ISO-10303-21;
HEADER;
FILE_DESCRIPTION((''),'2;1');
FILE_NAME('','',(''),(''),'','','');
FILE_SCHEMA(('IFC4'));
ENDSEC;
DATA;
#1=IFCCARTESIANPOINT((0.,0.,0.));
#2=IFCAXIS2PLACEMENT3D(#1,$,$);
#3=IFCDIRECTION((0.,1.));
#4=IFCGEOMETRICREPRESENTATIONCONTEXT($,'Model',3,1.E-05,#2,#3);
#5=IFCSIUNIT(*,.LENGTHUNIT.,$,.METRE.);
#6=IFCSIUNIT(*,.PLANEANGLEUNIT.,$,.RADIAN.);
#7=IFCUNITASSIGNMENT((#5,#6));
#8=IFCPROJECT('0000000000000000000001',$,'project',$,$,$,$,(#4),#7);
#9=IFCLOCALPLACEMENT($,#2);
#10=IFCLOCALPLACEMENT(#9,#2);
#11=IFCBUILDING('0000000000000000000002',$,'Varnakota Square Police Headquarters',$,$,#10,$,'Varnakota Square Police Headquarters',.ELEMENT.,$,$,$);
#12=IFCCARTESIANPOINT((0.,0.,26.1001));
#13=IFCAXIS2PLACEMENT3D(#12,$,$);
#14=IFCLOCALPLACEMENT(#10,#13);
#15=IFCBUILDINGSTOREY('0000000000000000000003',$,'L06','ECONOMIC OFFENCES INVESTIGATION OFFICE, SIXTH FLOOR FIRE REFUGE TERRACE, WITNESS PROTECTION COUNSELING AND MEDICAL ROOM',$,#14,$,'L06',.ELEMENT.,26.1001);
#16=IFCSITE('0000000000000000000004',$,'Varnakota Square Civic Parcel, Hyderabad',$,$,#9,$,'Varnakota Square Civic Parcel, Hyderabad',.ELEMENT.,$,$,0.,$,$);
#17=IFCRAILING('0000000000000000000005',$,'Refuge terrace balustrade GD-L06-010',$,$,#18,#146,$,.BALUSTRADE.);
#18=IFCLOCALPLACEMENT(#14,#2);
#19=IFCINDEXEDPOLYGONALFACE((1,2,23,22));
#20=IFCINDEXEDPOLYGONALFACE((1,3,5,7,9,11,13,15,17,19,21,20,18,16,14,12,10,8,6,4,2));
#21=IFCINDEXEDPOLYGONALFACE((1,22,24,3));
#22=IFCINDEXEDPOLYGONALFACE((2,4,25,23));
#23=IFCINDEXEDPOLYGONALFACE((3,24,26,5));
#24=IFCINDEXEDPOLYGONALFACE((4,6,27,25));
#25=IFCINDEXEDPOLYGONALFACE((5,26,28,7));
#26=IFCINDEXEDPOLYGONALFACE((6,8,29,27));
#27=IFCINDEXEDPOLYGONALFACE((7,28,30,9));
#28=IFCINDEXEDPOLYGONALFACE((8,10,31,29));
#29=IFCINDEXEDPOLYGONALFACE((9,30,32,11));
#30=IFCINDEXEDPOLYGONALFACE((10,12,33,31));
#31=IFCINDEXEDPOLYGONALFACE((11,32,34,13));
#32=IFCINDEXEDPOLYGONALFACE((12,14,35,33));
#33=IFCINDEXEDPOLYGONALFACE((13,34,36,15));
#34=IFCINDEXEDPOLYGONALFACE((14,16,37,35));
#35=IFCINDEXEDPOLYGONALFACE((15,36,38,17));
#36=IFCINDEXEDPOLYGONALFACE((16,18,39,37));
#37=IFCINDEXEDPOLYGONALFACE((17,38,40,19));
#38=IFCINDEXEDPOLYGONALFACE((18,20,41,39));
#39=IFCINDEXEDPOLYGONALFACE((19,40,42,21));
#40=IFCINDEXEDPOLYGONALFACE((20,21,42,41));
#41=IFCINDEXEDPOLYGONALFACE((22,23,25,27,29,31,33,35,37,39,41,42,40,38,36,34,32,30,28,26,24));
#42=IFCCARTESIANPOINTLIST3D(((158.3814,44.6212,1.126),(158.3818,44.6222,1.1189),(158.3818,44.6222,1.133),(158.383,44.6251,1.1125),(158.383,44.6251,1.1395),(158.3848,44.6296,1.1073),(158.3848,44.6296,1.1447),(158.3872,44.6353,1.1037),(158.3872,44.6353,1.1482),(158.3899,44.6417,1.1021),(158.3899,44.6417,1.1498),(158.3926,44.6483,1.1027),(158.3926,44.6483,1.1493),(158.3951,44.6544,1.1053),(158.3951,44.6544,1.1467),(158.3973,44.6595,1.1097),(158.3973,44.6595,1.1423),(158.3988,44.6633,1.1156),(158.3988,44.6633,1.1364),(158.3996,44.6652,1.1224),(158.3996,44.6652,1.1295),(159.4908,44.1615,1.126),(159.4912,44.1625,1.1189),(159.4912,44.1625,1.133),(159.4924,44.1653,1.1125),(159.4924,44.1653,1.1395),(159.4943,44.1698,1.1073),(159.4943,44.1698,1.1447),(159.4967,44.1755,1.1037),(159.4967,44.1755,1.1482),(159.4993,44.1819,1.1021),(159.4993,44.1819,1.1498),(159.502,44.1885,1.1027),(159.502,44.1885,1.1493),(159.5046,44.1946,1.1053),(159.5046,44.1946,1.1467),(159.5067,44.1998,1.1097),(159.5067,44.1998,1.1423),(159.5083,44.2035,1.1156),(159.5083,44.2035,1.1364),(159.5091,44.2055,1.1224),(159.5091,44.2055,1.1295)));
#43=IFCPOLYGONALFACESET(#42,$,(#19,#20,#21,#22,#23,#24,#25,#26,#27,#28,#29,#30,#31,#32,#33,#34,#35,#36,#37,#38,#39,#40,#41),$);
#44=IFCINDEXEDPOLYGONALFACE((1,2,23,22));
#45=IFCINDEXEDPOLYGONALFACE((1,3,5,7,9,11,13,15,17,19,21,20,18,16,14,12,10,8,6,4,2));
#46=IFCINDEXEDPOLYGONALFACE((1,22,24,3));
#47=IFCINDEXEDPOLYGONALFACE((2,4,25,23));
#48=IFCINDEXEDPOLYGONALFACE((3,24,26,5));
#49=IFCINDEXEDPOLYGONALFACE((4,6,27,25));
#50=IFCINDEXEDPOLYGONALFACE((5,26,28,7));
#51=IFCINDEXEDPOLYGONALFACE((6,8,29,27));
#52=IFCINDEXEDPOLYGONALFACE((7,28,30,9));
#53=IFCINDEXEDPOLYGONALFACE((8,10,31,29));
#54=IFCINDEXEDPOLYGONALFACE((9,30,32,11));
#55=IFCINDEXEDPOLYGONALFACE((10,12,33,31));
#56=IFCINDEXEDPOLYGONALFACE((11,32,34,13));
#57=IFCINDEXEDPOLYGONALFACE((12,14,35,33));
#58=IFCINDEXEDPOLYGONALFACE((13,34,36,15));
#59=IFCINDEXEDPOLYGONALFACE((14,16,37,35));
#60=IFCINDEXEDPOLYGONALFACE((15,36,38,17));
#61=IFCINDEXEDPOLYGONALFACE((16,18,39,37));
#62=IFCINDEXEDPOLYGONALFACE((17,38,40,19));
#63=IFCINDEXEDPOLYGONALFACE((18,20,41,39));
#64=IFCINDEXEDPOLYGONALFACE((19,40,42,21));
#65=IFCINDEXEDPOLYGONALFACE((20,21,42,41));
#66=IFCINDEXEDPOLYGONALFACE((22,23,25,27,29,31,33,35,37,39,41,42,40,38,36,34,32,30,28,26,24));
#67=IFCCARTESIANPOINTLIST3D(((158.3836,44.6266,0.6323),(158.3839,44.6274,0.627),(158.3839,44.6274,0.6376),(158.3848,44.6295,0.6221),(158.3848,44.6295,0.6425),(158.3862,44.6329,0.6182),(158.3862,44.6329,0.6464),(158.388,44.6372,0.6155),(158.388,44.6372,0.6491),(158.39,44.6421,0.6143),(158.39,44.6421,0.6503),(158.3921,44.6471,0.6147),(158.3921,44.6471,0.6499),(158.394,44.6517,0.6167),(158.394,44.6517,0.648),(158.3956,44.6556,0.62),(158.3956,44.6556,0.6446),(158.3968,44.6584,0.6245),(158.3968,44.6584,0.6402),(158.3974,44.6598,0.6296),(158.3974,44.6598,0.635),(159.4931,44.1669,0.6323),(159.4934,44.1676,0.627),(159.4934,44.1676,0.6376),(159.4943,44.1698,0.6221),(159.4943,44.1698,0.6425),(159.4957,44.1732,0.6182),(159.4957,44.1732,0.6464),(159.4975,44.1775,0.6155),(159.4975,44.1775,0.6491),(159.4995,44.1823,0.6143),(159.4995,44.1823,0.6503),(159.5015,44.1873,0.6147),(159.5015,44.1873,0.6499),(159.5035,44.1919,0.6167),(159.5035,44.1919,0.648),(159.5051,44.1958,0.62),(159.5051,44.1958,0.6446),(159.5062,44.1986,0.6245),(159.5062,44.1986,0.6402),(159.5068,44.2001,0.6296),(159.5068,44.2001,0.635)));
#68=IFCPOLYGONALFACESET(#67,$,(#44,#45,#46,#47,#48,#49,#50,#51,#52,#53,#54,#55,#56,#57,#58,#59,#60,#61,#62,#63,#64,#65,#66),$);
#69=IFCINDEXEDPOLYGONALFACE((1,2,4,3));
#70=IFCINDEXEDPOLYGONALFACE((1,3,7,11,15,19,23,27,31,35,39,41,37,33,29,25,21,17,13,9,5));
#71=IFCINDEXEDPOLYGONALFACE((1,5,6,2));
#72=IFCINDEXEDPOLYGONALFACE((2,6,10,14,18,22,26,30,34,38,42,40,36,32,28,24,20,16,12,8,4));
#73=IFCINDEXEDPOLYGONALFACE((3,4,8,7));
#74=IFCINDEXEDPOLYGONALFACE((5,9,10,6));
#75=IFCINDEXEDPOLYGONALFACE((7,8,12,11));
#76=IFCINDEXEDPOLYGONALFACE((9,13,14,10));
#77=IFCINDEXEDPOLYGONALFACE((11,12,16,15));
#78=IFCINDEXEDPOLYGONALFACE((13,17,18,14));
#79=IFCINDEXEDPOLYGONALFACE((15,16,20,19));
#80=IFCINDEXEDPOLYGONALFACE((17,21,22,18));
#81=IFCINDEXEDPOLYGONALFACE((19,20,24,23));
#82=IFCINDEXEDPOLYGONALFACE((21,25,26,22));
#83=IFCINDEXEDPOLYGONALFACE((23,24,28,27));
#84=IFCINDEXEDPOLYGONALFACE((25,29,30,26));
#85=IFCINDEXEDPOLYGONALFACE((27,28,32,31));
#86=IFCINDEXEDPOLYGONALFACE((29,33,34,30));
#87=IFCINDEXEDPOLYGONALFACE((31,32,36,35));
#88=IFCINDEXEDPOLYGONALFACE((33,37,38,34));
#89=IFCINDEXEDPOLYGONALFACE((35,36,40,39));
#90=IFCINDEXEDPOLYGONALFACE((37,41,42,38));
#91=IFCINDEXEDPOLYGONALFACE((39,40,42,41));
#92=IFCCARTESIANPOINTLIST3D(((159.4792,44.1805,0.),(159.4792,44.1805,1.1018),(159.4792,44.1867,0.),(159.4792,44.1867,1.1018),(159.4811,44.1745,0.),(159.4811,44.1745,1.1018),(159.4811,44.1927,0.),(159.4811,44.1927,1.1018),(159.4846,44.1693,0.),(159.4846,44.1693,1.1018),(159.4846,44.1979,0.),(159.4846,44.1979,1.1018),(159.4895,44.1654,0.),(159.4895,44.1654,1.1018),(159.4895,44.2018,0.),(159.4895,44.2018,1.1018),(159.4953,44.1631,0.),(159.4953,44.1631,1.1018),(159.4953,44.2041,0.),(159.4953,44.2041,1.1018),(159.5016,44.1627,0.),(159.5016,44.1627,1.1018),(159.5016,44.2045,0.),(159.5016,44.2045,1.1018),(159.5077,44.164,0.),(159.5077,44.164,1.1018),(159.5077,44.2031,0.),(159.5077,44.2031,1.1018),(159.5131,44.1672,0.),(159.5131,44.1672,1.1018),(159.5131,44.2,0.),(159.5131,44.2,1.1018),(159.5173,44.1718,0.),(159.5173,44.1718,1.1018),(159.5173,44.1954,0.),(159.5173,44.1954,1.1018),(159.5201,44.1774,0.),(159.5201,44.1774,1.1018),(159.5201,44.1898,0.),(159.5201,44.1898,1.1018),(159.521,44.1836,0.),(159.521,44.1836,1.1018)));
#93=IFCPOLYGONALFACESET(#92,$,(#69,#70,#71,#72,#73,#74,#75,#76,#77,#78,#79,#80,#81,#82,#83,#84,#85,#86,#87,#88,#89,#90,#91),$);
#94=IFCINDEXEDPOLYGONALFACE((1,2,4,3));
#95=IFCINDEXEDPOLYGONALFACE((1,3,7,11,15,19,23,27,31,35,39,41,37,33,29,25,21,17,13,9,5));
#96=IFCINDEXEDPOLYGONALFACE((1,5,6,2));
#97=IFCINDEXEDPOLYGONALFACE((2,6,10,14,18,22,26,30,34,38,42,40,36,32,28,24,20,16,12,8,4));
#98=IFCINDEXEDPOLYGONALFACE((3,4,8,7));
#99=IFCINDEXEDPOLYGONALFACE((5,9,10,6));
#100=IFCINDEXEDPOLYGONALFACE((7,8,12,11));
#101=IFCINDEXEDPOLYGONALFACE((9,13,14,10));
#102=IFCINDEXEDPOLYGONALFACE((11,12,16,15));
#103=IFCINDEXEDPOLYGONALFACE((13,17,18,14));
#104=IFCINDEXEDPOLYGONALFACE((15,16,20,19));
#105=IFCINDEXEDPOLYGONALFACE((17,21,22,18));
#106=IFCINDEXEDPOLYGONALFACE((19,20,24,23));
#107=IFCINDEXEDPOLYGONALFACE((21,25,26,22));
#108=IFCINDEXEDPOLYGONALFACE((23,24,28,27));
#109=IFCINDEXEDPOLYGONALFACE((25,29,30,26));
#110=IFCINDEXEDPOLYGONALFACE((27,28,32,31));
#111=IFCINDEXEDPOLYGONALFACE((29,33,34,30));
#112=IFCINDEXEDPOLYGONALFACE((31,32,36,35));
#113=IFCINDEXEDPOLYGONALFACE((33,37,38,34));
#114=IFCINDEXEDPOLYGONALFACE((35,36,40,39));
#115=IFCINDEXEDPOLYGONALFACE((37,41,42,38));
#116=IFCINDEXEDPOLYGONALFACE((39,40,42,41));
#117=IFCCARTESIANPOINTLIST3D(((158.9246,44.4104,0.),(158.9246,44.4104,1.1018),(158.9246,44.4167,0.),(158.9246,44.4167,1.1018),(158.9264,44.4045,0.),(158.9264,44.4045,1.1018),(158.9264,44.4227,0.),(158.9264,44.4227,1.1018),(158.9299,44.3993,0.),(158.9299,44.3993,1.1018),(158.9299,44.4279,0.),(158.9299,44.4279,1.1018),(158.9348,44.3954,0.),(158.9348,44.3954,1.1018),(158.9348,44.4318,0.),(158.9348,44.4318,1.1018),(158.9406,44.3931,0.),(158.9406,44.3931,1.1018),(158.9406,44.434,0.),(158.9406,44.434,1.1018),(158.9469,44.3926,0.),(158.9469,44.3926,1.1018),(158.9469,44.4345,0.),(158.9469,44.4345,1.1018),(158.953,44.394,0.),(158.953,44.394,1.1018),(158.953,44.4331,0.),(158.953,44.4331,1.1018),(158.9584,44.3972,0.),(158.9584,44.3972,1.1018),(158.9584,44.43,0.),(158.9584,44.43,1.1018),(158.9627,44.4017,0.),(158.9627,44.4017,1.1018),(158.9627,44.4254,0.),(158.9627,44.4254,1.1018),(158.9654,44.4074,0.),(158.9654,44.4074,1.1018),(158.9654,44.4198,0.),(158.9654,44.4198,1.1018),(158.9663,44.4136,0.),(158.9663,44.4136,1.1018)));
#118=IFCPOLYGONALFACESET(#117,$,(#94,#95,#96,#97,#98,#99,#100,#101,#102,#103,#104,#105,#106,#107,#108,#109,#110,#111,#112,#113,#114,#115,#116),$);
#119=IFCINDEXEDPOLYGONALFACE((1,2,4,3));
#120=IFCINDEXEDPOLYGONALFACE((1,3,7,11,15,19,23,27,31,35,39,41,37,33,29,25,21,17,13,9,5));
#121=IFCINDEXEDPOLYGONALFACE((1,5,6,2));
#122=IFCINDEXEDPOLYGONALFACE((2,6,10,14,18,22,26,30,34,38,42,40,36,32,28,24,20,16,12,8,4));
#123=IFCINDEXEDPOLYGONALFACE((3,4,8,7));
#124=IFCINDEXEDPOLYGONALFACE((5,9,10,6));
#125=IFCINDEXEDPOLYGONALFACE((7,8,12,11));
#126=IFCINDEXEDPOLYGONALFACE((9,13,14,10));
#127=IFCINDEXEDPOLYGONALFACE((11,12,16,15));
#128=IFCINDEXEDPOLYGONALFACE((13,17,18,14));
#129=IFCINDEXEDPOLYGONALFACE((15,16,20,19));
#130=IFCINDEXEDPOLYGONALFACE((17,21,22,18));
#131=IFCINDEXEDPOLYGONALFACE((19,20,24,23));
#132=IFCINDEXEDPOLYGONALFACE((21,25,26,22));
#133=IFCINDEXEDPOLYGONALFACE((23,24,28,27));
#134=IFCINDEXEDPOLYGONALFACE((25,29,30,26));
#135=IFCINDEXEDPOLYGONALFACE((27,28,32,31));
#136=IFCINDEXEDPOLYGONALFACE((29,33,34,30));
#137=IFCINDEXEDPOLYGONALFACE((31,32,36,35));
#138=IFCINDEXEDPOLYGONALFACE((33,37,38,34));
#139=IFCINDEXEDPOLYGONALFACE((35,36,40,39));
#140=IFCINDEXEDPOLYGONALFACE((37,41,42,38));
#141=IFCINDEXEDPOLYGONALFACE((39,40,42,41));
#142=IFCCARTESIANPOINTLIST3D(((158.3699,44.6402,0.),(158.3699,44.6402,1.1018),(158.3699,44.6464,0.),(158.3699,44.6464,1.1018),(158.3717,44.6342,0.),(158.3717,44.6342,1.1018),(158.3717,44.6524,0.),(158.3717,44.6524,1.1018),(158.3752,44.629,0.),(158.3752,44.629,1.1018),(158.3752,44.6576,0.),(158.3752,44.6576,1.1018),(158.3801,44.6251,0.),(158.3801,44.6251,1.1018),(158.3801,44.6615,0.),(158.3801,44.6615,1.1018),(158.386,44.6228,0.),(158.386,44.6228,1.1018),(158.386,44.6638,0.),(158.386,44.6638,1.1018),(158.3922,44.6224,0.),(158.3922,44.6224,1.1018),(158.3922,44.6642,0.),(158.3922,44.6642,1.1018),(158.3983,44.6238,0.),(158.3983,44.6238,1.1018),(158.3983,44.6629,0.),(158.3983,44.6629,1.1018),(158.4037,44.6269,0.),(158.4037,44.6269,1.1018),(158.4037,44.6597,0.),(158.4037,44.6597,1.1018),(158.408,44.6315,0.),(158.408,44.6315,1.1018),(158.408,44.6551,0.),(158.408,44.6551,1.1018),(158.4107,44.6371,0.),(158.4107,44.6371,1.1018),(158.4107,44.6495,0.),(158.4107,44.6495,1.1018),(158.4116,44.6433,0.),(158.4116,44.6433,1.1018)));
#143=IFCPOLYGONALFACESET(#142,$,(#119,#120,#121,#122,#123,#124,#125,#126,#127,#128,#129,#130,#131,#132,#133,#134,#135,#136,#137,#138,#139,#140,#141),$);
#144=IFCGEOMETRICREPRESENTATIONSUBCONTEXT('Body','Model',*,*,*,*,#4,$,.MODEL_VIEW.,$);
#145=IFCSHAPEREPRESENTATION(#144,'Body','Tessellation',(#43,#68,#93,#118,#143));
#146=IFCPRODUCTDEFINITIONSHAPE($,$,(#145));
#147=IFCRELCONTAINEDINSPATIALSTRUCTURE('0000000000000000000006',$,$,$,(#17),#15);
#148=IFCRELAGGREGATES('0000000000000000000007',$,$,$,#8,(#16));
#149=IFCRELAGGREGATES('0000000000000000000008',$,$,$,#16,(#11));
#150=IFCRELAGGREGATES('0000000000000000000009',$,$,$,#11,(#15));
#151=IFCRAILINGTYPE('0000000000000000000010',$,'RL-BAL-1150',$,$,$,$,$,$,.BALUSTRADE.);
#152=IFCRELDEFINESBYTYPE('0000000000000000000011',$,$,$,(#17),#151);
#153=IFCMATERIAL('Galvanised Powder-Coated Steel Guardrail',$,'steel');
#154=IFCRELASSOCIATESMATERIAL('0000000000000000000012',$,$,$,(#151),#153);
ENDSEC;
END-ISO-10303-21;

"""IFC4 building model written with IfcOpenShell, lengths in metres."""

from ifc_helpers import new_model, si_unit, direction, frame, origin, origin_2d, place, context, subcontext, project, spatial, circle, extrude, material, type_object, element, save


model = new_model("IFC4")

# Units and contexts
model_context = context("Model", 3, precision=1e-05, world=origin(), true_north=direction((0.0, 1.0)))
body_context = subcontext(model_context, "Body", "Model", "MODEL_VIEW")
ifc_project = project(units=[si_unit("LENGTHUNIT", "METRE"), si_unit("PLANEANGLEUNIT", "RADIAN")], contexts=[model_context])

# Site, building, storey
site_placement = place(None, origin())
site = spatial("IfcSite", under=ifc_project, at=site_placement, Name="Varnakota Square Civic Parcel, Hyderabad", LongName="Varnakota Square Civic Parcel, Hyderabad", CompositionType="ELEMENT", RefElevation=0.0)
building_placement = place(site_placement, origin())
building = spatial("IfcBuilding", under=site, at=building_placement, Name="Varnakota Square Police Headquarters", LongName="Varnakota Square Police Headquarters", CompositionType="ELEMENT")
storey_placement = place(building_placement, frame((0.0, 0.0, 26.1001)))
storey = spatial("IfcBuildingStorey", under=building, at=storey_placement, Name="L06", Description="ECONOMIC OFFENCES INVESTIGATION OFFICE, SIXTH FLOOR FIRE REFUGE TERRACE, WITNESS PROTECTION COUNSELING AND MEDICAL ROOM", LongName="L06", CompositionType="ELEMENT", Elevation=26.1001)

# Railing
ifc_material_1 = material(Name="Galvanised Powder-Coated Steel Guardrail", Category="steel")
railing_type = type_object("IfcRailingType", Name="RL-BAL-1150", PredefinedType="BALUSTRADE", material=ifc_material_1)
railing_1_placement = place(storey_placement, frame((159.5, 44.1836, 0.0)))
element("IfcRailing", 1, at=railing_1_placement, inside=storey, type_object=railing_type, Name="Refuge terrace balustrade GD-L06-010", PredefinedType="BALUSTRADE", context=body_context, shape_type="SweptSolid", body=[
    extrude(circle(Radius=0.0239, at=origin_2d()), frame((0.0, 0.0, 1.126), z_axis=(-0.923821, 0.382825, 0.0), x_axis=(-0.382825, -0.923821, 0.0)), (0.0, 0.0, 1.0), 1.2009),
    extrude(circle(Radius=0.0181, at=origin_2d()), frame((0.0, 0.0, 0.6323), z_axis=(-0.923821, 0.382825, 0.0), x_axis=(-0.382825, -0.923821, 0.0)), (0.0, 0.0, 1.0), 1.2009),
    extrude(circle(Radius=0.021, at=origin_2d()), origin(), (0.0, 0.0, 1.0), 1.1018),
    extrude(circle(Radius=0.021, at=origin_2d()), frame((-0.5547, 0.23, 0.0)), (0.0, 0.0, 1.0), 1.1018),
    extrude(circle(Radius=0.021, at=origin_2d()), frame((-1.1094, 0.4597, 0.0)), (0.0, 0.0, 1.0), 1.1018),
])

save(model, "model.ifc")
